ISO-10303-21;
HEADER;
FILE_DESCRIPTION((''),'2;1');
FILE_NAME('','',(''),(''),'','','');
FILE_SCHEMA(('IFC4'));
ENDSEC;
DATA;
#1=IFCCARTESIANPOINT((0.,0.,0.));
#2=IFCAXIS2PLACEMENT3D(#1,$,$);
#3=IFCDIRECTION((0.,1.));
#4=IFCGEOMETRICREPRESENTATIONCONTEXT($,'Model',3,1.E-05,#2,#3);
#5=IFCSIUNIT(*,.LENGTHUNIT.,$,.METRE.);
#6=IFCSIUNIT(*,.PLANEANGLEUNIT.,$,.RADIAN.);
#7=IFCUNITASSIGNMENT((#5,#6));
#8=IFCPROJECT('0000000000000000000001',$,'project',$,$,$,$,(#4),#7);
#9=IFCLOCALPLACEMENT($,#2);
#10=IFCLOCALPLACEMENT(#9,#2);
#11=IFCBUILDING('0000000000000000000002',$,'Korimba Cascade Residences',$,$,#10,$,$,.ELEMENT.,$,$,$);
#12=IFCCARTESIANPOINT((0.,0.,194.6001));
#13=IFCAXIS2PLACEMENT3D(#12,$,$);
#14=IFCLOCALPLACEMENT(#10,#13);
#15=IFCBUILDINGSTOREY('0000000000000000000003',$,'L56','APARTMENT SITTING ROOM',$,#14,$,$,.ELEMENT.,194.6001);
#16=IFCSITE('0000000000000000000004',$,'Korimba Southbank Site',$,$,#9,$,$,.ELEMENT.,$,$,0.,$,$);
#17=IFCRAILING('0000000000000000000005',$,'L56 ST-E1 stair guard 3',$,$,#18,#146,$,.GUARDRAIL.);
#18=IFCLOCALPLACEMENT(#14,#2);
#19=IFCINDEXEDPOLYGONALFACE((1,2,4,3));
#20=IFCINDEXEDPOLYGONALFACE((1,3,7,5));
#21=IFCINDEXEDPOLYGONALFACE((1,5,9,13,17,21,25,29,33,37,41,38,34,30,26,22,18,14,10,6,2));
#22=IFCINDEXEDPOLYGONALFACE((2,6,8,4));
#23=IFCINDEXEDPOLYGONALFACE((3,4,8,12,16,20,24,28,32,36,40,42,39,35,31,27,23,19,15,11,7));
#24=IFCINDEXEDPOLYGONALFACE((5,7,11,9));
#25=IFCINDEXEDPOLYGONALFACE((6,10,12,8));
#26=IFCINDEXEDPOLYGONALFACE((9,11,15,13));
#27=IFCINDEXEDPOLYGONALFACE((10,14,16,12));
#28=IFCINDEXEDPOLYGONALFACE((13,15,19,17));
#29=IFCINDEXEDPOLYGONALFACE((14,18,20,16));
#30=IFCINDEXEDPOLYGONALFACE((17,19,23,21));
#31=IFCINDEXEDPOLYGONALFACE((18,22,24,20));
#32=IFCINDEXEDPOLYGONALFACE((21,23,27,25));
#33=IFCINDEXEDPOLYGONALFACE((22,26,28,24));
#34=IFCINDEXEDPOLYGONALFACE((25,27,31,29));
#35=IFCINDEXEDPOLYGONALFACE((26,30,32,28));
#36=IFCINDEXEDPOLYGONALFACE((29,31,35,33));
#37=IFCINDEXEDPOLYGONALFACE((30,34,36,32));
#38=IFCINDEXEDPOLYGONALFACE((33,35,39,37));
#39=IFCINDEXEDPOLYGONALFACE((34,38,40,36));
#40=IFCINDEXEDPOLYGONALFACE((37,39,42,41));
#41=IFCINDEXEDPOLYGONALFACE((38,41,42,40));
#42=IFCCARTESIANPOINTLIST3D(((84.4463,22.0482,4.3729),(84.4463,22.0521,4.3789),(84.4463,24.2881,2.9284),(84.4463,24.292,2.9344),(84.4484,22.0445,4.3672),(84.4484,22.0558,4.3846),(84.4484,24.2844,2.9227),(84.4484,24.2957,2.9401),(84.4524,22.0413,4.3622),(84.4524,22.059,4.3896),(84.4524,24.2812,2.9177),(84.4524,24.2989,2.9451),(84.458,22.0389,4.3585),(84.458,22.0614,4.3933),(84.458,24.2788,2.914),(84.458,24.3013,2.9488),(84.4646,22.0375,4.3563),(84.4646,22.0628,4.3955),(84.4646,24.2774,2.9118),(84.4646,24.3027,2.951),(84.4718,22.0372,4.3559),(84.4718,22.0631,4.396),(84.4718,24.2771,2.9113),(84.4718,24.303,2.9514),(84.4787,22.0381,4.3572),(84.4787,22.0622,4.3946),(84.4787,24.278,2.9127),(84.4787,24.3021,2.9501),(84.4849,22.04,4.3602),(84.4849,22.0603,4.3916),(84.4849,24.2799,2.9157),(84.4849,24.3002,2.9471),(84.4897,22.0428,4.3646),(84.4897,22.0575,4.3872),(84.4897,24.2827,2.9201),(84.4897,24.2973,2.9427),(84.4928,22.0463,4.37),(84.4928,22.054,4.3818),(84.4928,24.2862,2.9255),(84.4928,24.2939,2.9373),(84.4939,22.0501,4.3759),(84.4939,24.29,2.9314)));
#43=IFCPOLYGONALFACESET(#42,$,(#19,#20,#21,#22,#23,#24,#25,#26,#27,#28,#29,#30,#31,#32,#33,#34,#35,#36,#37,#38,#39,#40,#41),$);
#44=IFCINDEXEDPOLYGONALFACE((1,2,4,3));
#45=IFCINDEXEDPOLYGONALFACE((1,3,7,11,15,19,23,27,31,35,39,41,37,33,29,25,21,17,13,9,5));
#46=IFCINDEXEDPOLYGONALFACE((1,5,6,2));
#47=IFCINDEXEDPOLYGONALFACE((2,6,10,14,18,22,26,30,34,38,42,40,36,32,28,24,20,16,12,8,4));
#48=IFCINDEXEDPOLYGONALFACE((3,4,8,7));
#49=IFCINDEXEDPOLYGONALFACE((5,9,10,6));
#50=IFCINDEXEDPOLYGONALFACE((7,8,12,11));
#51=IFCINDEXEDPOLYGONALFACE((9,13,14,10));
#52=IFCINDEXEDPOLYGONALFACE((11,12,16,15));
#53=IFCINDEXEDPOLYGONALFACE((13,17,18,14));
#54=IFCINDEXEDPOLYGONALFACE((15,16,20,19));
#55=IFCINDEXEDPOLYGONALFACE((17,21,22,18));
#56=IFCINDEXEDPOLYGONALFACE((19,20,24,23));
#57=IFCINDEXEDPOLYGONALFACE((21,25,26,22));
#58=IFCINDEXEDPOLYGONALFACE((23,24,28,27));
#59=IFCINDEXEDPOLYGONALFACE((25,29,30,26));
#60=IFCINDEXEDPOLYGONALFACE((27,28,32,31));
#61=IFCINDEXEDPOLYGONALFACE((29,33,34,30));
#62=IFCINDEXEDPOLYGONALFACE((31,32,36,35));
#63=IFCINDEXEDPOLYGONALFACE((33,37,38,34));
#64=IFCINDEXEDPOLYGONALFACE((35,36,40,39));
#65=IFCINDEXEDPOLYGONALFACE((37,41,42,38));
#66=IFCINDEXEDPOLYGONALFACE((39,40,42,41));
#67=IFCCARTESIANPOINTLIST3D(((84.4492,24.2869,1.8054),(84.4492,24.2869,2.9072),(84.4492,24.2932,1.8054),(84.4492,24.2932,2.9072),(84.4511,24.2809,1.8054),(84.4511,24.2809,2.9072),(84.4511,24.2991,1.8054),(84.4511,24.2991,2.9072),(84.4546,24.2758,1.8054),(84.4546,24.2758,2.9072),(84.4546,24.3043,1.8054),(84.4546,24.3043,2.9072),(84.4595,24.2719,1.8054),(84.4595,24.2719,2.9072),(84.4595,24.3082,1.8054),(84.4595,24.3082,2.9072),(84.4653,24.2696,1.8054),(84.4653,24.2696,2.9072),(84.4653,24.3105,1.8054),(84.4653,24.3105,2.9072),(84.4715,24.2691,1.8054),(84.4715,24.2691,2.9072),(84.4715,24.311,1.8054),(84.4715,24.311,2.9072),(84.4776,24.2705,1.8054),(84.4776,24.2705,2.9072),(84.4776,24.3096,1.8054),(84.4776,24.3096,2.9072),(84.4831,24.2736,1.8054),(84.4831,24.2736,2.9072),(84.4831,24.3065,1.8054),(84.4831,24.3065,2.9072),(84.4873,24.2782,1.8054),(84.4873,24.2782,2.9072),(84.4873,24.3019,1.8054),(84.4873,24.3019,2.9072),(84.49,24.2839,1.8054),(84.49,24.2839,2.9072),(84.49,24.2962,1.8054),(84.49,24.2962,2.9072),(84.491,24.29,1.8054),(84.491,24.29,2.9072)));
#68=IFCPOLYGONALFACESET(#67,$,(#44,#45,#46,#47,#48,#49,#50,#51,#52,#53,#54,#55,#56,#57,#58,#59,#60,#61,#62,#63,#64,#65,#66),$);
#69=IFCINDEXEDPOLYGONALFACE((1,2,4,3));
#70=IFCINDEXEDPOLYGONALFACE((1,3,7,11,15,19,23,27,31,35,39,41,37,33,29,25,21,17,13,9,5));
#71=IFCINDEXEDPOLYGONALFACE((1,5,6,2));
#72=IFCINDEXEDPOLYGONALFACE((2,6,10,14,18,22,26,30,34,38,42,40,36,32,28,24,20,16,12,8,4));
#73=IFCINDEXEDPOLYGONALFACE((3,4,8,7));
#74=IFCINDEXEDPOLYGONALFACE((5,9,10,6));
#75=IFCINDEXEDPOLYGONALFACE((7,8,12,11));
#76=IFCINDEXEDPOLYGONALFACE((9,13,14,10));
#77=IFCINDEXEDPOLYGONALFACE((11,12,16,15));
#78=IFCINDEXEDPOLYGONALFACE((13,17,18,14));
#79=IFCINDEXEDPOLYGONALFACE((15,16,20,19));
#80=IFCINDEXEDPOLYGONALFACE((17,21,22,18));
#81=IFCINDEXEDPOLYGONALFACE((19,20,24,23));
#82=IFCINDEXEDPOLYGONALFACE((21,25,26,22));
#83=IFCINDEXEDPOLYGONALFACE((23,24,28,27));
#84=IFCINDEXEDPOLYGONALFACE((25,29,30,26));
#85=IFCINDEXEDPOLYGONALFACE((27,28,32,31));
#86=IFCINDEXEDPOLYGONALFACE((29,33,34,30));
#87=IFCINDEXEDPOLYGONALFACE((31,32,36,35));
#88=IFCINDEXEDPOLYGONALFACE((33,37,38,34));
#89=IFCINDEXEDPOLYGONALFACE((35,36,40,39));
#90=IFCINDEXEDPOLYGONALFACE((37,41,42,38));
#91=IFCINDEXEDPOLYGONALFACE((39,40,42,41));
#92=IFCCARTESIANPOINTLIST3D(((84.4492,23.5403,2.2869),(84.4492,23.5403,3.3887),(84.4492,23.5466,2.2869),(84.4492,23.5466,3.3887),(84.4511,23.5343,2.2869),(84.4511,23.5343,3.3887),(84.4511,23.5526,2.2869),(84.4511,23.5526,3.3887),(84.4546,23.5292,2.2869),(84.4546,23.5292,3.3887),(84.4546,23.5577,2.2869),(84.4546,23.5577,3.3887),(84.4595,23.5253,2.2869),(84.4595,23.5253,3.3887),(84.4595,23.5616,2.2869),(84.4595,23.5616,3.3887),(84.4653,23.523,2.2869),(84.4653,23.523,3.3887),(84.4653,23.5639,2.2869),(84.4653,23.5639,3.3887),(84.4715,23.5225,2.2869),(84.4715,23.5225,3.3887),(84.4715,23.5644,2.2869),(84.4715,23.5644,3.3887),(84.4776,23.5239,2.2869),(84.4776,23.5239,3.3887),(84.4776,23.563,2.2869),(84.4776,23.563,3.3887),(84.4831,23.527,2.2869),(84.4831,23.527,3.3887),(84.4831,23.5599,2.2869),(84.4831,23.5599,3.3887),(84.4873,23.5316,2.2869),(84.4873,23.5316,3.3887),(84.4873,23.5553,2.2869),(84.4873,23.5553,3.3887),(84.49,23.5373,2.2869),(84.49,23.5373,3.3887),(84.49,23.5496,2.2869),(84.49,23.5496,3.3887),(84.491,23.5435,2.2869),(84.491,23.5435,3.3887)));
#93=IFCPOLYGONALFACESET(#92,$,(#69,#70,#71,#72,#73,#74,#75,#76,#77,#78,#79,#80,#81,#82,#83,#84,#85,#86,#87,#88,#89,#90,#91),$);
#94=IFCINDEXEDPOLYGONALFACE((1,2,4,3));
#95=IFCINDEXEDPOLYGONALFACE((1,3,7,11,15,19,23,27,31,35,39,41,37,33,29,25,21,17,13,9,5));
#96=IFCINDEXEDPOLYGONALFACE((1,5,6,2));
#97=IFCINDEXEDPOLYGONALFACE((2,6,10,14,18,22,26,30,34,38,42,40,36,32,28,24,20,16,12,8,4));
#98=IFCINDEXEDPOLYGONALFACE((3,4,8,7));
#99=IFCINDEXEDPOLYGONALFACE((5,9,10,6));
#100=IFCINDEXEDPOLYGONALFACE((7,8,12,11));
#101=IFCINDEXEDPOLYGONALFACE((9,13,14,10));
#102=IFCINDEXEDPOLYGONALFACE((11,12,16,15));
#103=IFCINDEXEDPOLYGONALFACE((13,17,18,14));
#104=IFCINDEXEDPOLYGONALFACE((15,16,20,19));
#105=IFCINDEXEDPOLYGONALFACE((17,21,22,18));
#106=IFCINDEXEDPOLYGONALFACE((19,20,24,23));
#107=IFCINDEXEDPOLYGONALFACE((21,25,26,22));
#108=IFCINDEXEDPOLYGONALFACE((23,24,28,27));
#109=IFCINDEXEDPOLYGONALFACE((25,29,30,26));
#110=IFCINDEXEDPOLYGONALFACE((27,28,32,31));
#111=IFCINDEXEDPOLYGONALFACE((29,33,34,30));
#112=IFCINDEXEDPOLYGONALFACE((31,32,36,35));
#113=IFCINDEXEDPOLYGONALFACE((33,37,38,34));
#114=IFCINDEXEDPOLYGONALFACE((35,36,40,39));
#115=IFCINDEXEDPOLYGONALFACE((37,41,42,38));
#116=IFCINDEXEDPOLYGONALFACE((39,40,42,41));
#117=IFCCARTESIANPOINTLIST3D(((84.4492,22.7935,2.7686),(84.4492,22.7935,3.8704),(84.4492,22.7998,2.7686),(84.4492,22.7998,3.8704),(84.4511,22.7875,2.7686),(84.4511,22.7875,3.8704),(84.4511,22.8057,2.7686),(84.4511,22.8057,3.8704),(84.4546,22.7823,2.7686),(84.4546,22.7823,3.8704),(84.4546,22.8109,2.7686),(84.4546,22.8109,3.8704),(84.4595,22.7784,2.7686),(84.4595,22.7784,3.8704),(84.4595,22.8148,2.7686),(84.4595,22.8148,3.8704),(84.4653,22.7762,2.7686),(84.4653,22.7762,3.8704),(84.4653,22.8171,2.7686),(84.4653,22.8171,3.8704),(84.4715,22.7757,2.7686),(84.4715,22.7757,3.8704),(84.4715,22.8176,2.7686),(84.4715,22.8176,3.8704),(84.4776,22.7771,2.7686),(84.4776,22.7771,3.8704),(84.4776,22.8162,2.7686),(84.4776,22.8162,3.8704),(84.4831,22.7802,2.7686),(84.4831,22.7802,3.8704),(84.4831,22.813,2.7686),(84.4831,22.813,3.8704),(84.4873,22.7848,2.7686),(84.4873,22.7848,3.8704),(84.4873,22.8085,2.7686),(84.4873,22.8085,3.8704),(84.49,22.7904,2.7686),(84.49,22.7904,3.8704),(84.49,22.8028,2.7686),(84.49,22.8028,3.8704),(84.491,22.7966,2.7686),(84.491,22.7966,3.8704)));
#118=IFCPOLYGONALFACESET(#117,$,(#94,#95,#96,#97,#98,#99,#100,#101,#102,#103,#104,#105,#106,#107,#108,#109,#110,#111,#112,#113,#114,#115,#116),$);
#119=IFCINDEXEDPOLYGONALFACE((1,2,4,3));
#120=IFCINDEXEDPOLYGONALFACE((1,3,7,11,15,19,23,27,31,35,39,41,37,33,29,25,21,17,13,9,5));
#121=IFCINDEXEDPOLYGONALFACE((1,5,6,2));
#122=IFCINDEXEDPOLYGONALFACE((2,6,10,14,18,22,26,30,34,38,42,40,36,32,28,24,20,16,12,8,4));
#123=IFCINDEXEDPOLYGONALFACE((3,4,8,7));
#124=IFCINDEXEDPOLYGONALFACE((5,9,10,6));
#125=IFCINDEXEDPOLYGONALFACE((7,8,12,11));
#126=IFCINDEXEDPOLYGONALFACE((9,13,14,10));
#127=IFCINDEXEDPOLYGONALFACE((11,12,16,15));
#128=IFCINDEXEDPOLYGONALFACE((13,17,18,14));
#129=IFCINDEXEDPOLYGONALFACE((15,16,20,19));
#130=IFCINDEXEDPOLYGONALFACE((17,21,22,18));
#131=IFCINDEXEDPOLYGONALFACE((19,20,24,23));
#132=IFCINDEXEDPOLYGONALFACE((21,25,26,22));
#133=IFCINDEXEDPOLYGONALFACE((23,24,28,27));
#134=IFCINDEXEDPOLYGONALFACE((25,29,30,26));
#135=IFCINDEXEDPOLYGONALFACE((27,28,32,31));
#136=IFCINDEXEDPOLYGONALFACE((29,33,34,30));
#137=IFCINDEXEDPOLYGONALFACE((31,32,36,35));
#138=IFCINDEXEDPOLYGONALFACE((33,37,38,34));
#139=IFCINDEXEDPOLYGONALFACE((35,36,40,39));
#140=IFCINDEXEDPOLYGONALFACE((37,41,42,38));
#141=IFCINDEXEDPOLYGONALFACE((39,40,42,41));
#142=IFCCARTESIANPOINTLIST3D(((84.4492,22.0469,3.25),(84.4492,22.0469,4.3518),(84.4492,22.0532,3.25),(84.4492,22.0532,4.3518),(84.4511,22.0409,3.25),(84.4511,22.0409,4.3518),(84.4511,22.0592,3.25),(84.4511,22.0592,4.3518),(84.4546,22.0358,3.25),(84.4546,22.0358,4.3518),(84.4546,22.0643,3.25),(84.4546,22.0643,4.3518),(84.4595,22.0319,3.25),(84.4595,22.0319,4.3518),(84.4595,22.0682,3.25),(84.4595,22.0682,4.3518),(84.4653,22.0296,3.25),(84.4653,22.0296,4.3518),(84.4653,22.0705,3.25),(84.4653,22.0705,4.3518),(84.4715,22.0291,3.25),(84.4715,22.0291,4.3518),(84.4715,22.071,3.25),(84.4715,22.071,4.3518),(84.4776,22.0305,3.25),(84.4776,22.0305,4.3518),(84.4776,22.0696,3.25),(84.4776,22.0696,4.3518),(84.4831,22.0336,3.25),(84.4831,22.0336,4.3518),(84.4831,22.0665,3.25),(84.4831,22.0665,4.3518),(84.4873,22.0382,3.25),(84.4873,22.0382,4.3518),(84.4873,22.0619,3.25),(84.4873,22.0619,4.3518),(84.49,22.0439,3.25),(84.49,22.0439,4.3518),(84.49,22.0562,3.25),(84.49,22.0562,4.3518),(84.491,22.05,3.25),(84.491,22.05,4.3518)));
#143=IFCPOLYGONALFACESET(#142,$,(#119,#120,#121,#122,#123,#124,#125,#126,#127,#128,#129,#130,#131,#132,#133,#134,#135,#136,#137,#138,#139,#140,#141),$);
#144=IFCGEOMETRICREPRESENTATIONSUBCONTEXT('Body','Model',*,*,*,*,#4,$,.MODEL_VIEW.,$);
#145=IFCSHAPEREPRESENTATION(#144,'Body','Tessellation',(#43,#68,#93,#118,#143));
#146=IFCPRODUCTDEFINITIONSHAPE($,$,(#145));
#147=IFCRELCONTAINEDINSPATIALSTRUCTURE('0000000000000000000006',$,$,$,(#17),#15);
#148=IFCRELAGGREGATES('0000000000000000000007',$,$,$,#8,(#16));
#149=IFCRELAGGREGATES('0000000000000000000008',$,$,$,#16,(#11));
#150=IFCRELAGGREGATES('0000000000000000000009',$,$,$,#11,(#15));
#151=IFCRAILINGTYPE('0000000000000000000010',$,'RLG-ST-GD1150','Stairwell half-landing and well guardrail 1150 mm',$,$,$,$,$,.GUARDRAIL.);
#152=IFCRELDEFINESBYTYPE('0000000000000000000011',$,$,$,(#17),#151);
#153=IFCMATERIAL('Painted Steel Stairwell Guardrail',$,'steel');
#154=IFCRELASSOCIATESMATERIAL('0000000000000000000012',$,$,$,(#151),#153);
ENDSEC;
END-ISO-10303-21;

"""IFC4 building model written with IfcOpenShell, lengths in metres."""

from ifc_helpers import new_model, si_unit, direction, frame, origin, origin_2d, place, context, subcontext, project, spatial, circle, extrude, material, type_object, element, save


model = new_model("IFC4")

# Units and contexts
model_context = context("Model", 3, precision=1e-05, world=origin(), true_north=direction((0.0, 1.0)))
body_context = subcontext(model_context, "Body", "Model", "MODEL_VIEW")
ifc_project = project(units=[si_unit("LENGTHUNIT", "METRE"), si_unit("PLANEANGLEUNIT", "RADIAN")], contexts=[model_context])

# Site, building, storey
site_placement = place(None, origin())
site = spatial("IfcSite", under=ifc_project, at=site_placement, Name="Korimba Southbank Site", CompositionType="ELEMENT", RefElevation=0.0)
building_placement = place(site_placement, origin())
building = spatial("IfcBuilding", under=site, at=building_placement, Name="Korimba Cascade Residences", CompositionType="ELEMENT")
storey_placement = place(building_placement, frame((0.0, 0.0, 194.6001)))
storey = spatial("IfcBuildingStorey", under=building, at=storey_placement, Name="L56", Description="APARTMENT SITTING ROOM", CompositionType="ELEMENT", Elevation=194.6001)

# Railing
ifc_material_1 = material(Name="Painted Steel Stairwell Guardrail", Category="steel")
railing_type_1 = type_object("IfcRailingType", Name="RLG-ST-GD1150", Description="Stairwell half-landing and well guardrail 1150 mm", PredefinedType="GUARDRAIL", material=ifc_material_1)
railing_1_placement = place(storey_placement, frame((84.47, 24.29, 1.8054)))
element("IfcRailing", 1, at=railing_1_placement, inside=storey, type_object=railing_type_1, Name="L56 ST-E1 stair guard 3", PredefinedType="GUARDRAIL", context=body_context, shape_type="SweptSolid", body=[
    extrude(circle(Radius=0.0239, at=origin_2d()), frame((0.0, 0.0, 1.126), z_axis=(0.0, -0.840395, 0.541975), x_axis=(1.0, 0.0, 0.0)), (0.0, 0.0, 1.0), 2.6653),
    extrude(circle(Radius=0.021, at=origin_2d()), origin(), (0.0, 0.0, 1.0), 1.1018),
    extrude(circle(Radius=0.021, at=origin_2d()), frame((0.0, -0.7466, 0.4814)), (0.0, 0.0, 1.0), 1.1018),
    extrude(circle(Radius=0.021, at=origin_2d()), frame((0.0, -1.4934, 0.9631)), (0.0, 0.0, 1.0), 1.1018),
    extrude(circle(Radius=0.021, at=origin_2d()), frame((0.0, -2.24, 1.4446)), (0.0, 0.0, 1.0), 1.1018),
])

save(model, "model.ifc")
